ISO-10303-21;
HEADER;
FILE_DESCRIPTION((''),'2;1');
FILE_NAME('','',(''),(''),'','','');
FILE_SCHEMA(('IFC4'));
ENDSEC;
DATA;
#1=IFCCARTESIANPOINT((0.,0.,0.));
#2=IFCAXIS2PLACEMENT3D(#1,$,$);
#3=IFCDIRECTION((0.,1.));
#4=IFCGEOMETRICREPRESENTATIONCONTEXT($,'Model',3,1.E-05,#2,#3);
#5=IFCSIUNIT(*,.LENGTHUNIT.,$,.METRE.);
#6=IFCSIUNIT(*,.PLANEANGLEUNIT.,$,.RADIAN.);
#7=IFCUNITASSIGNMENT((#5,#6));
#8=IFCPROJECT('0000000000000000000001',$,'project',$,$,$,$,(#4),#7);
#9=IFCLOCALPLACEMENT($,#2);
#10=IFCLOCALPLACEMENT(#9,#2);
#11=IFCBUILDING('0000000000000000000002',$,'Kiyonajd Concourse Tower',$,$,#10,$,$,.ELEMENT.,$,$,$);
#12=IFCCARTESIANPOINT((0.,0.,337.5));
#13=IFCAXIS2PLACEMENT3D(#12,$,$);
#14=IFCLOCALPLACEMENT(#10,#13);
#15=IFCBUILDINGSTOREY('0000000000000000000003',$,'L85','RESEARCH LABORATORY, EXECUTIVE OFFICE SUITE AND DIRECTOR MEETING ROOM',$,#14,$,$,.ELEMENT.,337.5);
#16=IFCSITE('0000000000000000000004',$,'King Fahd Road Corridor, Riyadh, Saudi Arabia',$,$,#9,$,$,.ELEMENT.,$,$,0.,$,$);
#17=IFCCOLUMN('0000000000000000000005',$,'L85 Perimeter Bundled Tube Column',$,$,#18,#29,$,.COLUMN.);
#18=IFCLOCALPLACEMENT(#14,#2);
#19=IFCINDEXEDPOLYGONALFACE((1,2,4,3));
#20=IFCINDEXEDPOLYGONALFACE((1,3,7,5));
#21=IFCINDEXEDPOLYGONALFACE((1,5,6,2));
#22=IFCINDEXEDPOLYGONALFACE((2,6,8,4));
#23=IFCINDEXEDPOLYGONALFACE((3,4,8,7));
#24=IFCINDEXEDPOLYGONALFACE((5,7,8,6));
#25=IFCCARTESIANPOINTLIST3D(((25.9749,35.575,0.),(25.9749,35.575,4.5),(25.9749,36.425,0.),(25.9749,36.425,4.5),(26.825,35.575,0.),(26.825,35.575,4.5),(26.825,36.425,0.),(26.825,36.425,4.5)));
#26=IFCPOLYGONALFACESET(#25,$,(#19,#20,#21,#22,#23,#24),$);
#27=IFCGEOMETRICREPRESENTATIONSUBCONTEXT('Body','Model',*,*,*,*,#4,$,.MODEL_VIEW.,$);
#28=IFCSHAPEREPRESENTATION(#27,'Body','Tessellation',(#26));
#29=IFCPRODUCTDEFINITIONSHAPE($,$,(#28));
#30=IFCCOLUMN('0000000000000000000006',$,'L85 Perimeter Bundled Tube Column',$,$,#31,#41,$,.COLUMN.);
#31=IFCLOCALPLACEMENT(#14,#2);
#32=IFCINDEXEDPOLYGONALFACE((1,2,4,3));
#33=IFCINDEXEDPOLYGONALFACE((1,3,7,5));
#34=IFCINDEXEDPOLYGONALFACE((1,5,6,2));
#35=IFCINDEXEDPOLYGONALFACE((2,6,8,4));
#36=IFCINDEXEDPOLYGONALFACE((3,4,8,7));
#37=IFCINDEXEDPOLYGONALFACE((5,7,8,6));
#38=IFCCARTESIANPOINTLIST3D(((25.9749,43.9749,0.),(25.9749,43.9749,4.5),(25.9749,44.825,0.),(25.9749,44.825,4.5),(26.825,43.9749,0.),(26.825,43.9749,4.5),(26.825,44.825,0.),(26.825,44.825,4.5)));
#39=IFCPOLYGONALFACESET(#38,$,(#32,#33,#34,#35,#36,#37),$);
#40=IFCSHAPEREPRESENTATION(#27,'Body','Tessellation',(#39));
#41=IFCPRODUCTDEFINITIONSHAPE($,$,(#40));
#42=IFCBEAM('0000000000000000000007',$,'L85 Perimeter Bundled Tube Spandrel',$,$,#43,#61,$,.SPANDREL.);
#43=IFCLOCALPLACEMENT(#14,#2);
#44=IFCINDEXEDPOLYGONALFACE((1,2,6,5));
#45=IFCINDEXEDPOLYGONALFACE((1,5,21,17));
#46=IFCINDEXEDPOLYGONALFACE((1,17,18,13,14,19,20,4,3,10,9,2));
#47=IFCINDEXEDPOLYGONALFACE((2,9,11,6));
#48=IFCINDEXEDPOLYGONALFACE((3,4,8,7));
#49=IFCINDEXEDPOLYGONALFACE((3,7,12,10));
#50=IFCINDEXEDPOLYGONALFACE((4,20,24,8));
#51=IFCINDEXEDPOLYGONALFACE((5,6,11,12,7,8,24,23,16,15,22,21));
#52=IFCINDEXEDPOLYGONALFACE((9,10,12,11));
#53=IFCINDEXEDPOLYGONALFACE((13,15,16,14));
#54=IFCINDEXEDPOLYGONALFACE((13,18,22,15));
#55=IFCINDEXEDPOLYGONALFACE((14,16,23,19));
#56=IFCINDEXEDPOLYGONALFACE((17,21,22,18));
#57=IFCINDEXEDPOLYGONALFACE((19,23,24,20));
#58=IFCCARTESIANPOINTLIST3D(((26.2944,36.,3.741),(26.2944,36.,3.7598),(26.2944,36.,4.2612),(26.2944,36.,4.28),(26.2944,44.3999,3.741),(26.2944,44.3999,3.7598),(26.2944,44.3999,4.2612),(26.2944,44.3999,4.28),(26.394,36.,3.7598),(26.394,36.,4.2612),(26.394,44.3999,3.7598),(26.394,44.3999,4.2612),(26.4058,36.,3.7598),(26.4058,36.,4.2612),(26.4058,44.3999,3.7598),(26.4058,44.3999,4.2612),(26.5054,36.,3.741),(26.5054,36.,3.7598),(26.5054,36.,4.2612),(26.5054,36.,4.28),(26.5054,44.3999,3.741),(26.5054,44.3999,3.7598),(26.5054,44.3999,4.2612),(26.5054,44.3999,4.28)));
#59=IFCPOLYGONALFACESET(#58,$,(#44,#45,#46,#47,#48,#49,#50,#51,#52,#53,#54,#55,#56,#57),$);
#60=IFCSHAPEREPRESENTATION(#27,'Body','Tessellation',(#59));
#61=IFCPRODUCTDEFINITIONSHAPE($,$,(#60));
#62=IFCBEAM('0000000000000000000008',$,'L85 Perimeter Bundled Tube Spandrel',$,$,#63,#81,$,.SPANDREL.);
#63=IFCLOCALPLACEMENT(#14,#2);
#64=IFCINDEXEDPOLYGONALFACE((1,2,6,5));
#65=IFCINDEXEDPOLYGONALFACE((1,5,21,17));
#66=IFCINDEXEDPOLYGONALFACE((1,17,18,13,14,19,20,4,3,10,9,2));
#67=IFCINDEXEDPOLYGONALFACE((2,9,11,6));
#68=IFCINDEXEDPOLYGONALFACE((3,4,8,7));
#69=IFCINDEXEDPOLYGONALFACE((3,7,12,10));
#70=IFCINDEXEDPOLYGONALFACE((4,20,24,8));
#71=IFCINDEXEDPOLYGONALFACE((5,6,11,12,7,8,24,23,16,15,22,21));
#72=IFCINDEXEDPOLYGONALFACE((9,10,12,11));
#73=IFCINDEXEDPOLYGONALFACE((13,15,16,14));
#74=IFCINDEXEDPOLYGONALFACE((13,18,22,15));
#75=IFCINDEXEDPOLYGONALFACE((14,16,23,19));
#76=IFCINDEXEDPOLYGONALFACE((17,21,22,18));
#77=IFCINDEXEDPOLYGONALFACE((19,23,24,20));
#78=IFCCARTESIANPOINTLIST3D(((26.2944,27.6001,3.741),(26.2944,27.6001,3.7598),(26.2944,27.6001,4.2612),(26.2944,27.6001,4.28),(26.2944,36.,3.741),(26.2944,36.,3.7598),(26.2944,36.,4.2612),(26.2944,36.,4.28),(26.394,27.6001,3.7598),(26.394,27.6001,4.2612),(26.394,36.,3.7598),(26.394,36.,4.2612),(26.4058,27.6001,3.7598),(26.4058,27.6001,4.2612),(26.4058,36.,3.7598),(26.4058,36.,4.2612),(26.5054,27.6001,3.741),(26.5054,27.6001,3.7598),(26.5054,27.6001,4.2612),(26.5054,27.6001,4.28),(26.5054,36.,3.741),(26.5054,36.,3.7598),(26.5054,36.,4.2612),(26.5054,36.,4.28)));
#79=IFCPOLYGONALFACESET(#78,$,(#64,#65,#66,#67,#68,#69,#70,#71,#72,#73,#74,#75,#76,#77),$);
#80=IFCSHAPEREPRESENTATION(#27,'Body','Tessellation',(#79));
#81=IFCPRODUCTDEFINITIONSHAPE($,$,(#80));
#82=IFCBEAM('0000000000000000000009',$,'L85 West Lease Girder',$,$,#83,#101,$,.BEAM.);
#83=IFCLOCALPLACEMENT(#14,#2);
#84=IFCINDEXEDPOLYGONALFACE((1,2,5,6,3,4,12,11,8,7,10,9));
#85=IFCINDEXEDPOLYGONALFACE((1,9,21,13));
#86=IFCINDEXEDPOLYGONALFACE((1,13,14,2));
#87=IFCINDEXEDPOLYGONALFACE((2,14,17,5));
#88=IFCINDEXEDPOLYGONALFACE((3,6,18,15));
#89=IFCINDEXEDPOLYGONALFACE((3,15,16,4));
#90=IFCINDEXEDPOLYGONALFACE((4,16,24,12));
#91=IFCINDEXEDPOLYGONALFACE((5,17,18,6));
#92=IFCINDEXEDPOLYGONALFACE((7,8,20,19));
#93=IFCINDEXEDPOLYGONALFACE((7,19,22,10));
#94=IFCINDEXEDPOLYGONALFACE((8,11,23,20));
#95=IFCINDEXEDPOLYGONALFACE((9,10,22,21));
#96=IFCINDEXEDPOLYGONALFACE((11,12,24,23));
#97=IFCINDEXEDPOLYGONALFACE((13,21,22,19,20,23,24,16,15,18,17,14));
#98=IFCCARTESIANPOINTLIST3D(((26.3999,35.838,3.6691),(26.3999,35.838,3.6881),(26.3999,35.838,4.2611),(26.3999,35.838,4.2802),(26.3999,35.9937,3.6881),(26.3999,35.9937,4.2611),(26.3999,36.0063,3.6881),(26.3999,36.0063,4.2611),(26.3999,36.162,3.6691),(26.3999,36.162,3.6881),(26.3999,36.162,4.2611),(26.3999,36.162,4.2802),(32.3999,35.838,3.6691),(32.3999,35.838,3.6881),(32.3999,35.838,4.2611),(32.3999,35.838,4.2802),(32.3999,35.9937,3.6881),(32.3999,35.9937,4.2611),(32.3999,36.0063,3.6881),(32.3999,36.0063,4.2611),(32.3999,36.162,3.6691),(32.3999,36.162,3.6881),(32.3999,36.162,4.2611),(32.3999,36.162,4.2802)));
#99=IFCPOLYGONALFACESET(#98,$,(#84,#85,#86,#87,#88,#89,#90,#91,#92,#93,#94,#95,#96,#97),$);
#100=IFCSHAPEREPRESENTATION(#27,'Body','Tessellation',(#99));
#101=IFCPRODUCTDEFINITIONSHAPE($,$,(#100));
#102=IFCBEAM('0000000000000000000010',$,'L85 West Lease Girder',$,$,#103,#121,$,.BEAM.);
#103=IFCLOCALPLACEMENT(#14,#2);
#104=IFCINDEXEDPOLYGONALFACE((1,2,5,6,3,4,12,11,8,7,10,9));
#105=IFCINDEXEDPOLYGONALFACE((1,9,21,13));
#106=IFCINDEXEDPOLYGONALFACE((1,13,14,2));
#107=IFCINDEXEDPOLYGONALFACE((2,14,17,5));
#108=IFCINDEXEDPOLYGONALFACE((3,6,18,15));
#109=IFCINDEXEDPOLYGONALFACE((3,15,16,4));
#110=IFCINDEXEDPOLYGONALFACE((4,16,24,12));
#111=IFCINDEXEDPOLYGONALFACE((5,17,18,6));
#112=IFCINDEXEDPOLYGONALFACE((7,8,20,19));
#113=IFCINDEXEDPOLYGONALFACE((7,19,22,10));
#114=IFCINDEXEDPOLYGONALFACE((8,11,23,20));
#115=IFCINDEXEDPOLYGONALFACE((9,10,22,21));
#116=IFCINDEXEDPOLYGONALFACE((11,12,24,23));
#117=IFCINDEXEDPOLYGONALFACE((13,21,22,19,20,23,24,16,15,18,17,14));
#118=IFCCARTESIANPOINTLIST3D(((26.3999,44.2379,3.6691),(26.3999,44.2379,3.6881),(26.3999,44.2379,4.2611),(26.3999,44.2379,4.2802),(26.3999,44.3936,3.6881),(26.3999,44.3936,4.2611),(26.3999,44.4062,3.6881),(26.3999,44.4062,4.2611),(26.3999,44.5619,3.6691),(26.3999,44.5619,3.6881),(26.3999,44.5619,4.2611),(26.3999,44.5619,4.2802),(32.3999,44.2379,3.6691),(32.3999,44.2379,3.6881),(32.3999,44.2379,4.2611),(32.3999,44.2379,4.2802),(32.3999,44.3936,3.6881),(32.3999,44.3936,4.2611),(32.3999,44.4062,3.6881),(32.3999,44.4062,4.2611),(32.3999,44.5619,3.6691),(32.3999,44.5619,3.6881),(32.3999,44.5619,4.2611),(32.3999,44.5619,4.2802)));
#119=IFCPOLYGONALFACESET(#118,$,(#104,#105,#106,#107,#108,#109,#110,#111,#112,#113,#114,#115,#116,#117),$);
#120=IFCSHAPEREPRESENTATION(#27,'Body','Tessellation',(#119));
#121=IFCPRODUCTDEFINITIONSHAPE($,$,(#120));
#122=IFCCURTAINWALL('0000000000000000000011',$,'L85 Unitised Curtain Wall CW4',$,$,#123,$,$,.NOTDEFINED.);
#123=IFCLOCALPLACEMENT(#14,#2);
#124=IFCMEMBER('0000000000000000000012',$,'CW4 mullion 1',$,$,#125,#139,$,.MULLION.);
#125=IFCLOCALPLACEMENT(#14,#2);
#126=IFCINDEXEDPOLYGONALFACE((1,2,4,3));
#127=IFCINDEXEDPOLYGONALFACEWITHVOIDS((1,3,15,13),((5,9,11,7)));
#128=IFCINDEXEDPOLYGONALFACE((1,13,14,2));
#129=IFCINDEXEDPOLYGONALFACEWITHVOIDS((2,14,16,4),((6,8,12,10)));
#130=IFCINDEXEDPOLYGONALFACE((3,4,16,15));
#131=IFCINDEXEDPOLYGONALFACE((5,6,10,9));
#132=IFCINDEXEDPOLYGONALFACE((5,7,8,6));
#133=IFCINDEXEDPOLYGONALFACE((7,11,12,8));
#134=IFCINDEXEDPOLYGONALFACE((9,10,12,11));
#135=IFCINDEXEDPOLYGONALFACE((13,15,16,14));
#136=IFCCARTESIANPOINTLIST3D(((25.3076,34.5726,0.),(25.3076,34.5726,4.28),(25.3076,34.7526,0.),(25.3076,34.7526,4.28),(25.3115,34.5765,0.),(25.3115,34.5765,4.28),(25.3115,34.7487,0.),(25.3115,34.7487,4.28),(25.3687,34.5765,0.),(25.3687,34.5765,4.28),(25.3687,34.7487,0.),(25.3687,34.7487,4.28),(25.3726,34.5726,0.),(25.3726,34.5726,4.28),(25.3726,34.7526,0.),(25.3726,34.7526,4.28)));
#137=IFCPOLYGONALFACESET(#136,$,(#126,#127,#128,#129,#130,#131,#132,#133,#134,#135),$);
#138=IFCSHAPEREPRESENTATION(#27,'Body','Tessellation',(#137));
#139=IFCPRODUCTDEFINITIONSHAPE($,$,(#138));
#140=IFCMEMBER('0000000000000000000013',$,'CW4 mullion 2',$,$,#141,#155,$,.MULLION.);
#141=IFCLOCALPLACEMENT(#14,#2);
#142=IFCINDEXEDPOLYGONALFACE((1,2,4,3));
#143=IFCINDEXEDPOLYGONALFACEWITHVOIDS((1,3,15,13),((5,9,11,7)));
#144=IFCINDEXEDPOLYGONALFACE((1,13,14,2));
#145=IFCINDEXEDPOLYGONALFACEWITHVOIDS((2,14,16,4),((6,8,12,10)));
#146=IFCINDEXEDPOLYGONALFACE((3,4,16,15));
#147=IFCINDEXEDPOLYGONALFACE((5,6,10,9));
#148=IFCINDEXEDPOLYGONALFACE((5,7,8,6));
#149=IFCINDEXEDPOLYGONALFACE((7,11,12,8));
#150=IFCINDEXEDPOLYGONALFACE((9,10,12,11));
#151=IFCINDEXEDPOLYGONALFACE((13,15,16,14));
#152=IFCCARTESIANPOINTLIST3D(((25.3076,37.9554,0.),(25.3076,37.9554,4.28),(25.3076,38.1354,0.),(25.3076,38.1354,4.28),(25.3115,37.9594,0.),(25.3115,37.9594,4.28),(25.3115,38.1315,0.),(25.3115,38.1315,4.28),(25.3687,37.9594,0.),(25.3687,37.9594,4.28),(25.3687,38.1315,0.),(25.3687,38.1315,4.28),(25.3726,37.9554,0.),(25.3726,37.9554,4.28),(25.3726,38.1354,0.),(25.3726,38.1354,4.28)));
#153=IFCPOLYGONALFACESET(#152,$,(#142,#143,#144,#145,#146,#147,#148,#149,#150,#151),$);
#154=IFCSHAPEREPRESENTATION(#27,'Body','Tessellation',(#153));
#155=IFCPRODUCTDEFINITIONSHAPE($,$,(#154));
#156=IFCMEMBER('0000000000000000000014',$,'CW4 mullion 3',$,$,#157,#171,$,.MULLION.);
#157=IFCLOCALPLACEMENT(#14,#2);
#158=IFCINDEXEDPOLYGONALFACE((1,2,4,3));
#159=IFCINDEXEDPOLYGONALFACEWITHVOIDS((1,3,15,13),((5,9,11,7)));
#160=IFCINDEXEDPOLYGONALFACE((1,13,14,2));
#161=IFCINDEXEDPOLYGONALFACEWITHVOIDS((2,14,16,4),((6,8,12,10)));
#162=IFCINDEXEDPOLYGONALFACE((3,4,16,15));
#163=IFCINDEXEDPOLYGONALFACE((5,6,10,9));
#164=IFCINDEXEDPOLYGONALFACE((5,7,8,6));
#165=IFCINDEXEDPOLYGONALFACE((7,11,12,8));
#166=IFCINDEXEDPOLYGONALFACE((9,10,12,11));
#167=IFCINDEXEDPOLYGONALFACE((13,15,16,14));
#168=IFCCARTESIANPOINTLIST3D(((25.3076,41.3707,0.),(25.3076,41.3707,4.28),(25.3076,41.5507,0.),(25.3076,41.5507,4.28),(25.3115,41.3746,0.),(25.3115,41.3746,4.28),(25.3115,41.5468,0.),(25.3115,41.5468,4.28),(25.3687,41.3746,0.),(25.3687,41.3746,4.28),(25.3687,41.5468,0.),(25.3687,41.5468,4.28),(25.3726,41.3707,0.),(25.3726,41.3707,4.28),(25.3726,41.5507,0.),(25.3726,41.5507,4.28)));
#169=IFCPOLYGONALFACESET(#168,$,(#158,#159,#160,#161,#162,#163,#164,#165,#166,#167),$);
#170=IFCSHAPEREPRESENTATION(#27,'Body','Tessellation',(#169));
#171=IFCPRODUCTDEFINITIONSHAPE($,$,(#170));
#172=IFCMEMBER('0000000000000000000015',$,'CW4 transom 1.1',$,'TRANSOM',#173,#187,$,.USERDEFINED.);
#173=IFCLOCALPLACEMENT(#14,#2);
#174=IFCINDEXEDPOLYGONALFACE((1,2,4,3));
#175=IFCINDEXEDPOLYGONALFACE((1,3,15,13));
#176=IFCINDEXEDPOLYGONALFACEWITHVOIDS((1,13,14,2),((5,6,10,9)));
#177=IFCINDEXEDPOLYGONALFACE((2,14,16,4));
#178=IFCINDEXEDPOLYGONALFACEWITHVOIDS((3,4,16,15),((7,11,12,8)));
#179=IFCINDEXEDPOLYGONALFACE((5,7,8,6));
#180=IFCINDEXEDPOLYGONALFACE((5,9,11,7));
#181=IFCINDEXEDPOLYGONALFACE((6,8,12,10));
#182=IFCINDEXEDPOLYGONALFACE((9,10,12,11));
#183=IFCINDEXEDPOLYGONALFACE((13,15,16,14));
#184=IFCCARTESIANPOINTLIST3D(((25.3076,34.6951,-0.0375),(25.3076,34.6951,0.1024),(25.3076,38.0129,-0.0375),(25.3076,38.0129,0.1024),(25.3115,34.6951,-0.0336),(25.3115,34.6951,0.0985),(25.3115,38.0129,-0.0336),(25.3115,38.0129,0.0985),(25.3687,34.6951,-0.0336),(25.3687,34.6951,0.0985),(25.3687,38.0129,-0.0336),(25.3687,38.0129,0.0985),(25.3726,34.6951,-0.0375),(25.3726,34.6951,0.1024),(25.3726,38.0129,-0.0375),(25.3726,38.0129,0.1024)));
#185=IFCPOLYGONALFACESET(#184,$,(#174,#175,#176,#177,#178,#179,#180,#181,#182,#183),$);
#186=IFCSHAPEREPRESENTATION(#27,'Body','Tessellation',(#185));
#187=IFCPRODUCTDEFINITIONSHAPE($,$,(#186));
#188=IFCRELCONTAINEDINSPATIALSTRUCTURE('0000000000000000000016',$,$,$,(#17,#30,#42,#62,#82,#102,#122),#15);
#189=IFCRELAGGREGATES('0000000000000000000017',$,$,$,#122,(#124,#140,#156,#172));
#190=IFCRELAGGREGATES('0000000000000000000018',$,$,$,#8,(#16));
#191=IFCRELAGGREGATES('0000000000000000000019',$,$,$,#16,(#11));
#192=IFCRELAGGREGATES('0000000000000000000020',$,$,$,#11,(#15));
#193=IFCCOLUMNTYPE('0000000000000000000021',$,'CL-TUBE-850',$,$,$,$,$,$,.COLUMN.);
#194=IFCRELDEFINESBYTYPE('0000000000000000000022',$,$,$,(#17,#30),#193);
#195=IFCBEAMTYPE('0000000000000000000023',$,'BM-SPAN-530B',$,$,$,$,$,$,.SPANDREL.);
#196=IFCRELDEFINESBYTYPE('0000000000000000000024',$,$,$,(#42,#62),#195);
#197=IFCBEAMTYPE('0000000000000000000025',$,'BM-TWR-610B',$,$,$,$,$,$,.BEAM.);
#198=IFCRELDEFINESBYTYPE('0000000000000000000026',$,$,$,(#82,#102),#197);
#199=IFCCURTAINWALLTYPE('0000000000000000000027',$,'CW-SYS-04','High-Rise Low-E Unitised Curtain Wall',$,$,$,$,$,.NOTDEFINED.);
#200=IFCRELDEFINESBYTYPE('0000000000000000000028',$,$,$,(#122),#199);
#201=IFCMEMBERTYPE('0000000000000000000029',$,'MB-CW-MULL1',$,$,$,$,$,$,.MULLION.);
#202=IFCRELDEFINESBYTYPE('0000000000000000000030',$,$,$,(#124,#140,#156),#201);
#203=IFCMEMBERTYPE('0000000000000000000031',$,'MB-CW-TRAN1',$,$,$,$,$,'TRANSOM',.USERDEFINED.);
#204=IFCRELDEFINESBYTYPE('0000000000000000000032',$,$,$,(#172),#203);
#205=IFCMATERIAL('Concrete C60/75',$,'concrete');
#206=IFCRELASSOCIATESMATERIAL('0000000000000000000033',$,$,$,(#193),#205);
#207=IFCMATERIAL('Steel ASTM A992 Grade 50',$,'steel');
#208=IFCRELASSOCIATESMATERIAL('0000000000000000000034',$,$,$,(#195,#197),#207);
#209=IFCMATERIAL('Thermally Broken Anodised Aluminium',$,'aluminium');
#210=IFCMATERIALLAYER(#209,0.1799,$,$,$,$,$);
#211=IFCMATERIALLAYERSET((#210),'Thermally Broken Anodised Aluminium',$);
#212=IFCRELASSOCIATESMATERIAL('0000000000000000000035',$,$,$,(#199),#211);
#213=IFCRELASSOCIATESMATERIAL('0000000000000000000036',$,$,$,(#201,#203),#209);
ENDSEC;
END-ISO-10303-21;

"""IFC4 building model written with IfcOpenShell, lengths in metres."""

from ifc_helpers import new_model, si_unit, direction, frame, origin, origin_2d, place, context, subcontext, project, spatial, rectangle, hollow_rectangle, i_section, extrude, material, layer, layer_set, material_profile, profile_set, type_object, element, aggregate, save


model = new_model("IFC4")

# Units and contexts
model_context = context("Model", 3, precision=1e-05, world=origin(), true_north=direction((0.0, 1.0)))
body_context = subcontext(model_context, "Body", "Model", "MODEL_VIEW")
ifc_project = project(units=[si_unit("LENGTHUNIT", "METRE"), si_unit("PLANEANGLEUNIT", "RADIAN")], contexts=[model_context])

# Site, building, storey
site_placement = place(None, origin())
site = spatial("IfcSite", under=ifc_project, at=site_placement, Name="King Fahd Road Corridor, Riyadh, Saudi Arabia", CompositionType="ELEMENT", RefElevation=0.0)
building_placement = place(site_placement, origin())
building = spatial("IfcBuilding", under=site, at=building_placement, Name="Kiyonajd Concourse Tower", CompositionType="ELEMENT")
storey_placement = place(building_placement, frame((0.0, 0.0, 337.5)))
storey = spatial("IfcBuildingStorey", under=building, at=storey_placement, Name="L85", Description="RESEARCH LABORATORY, EXECUTIVE OFFICE SUITE AND DIRECTOR MEETING ROOM", CompositionType="ELEMENT", Elevation=337.5)

# Columns
ifc_material_1 = material(Name="Concrete C60/75", Category="concrete")
ifc_material_profile_1 = material_profile(ifc_material_1, rectangle(XDim=0.8501, YDim=0.8501, at=origin_2d()), Name="RC-850x850")
ifc_profile_set_1 = profile_set([ifc_material_profile_1], Name="Concrete C60/75")
column_type = type_object("IfcColumnType", Name="CL-TUBE-850", PredefinedType="COLUMN", material=ifc_profile_set_1)
for number, where, z_axis, x_axis, name in (
    (1, (26.3999, 36.0, 0.0), (0.0, 0.0, 1.0), (1.0, 0.0, 0.0), "L85 Perimeter Bundled Tube Column"),
    (2, (26.3999, 44.3999, 0.0), (0.0, 0.0, 1.0), (1.0, 0.0, 0.0), "L85 Perimeter Bundled Tube Column"),
):
    element("IfcColumn", number, at=place(storey_placement, frame(where, z_axis=z_axis, x_axis=x_axis)), inside=storey, type_object=column_type, Name=name, PredefinedType="COLUMN", context=body_context, shape_type="SweptSolid", body=[
        extrude(rectangle(XDim=0.8501, YDim=0.8501, at=origin_2d()), origin(), (0.0, 0.0, 1.0), 4.5),
    ])

# Beams
ifc_material_2 = material(Name="Steel ASTM A992 Grade 50", Category="steel")
ifc_material_profile_2 = material_profile(ifc_material_2, i_section(OverallWidth=0.2109, OverallDepth=0.5391, WebThickness=0.0117, FlangeThickness=0.0188, at=origin_2d()), Name="W530X109")
ifc_profile_set_2 = profile_set([ifc_material_profile_2], Name="Steel ASTM A992 Grade 50")
beam_type_1 = type_object("IfcBeamType", Name="BM-SPAN-530B", PredefinedType="SPANDREL", material=ifc_profile_set_2)
for number, where, z_axis, x_axis, name in (
    (3, (26.3999, 44.3999, 4.0105), (0.0, -1.0, 0.0), (1.0, 0.0, 0.0), "L85 Perimeter Bundled Tube Spandrel"),
    (4, (26.3999, 36.0, 4.0105), (0.0, -1.0, 0.0), (1.0, 0.0, 0.0), "L85 Perimeter Bundled Tube Spandrel"),
):
    element("IfcBeam", number, at=place(storey_placement, frame(where, z_axis=z_axis, x_axis=x_axis)), inside=storey, type_object=beam_type_1, Name=name, PredefinedType="SPANDREL", context=body_context, shape_type="SweptSolid", body=[
        extrude(i_section(OverallWidth=0.2109, OverallDepth=0.5391, WebThickness=0.0117, FlangeThickness=0.0188, at=origin_2d()), origin(), (0.0, 0.0, 1.0), 8.3999),
    ])
ifc_material_profile_3 = material_profile(ifc_material_2, i_section(OverallWidth=0.324, OverallDepth=0.6111, WebThickness=0.0127, FlangeThickness=0.019, at=origin_2d()), Name="W610X155")
ifc_profile_set_3 = profile_set([ifc_material_profile_3], Name="Steel ASTM A992 Grade 50")
beam_type_2 = type_object("IfcBeamType", Name="BM-TWR-610B", PredefinedType="BEAM", material=ifc_profile_set_3)
for number, where, z_axis, x_axis, name in (
    (5, (26.3999, 36.0, 3.9746), (1.0, 0.0, 0.0), (0.0, 1.0, 0.0), "L85 West Lease Girder"),
    (6, (26.3999, 44.3999, 3.9746), (1.0, 0.0, 0.0), (0.0, 1.0, 0.0), "L85 West Lease Girder"),
):
    element("IfcBeam", number, at=place(storey_placement, frame(where, z_axis=z_axis, x_axis=x_axis)), inside=storey, type_object=beam_type_2, Name=name, PredefinedType="BEAM", context=body_context, shape_type="SweptSolid", body=[
        extrude(i_section(OverallWidth=0.324, OverallDepth=0.6111, WebThickness=0.0127, FlangeThickness=0.019, at=origin_2d()), origin(), (0.0, 0.0, 1.0), 6.0),
    ])

# Curtain wall, members
ifc_material_3 = material(Name="Thermally Broken Anodised Aluminium", Category="aluminium")
ifc_layer_1 = layer(ifc_material_3, 0.1799)
ifc_layer_set_1 = layer_set([ifc_layer_1], Name="Thermally Broken Anodised Aluminium")
curtain_wall_type = type_object("IfcCurtainWallType", Name="CW-SYS-04", Description="High-Rise Low-E Unitised Curtain Wall", PredefinedType="NOTDEFINED", material=ifc_layer_set_1)
curtain_wall_placement = place(storey_placement, origin())
curtain_wall = element("IfcCurtainWall", 7, at=curtain_wall_placement, inside=storey, type_object=curtain_wall_type, Name="L85 Unitised Curtain Wall CW4", PredefinedType="NOTDEFINED")
ifc_material_profile_4 = material_profile(ifc_material_3, hollow_rectangle(XDim=0.0649, YDim=0.1799, WallThickness=0.0039, at=origin_2d()), Name="MULL-65x180")
ifc_profile_set_4 = profile_set([ifc_material_profile_4], Name="Thermally Broken Anodised Aluminium")
member_type_1 = type_object("IfcMemberType", Name="MB-CW-MULL1", PredefinedType="MULLION", material=ifc_profile_set_4)
member_1_placement = place(storey_placement, frame((25.3401, 34.6626, 0.0), z_axis=(0.0, 0.0, 1.0), x_axis=(-1.0, 0.0, 0.0)))
member_1 = element("IfcMember", 8, at=member_1_placement, type_object=member_type_1, Name="CW4 mullion 1", PredefinedType="MULLION", context=body_context, shape_type="SweptSolid", body=[
    extrude(hollow_rectangle(XDim=0.0649, YDim=0.1799, WallThickness=0.0039, at=origin_2d()), origin(), (0.0, 0.0, 1.0), 4.28),
])
member_2_placement = place(storey_placement, frame((25.3401, 38.0454, 0.0), z_axis=(0.0, 0.0, 1.0), x_axis=(-1.0, 0.0, 0.0)))
member_2 = element("IfcMember", 9, at=member_2_placement, type_object=member_type_1, Name="CW4 mullion 2", PredefinedType="MULLION", context=body_context, shape_type="SweptSolid", body=[
    extrude(hollow_rectangle(XDim=0.0649, YDim=0.1799, WallThickness=0.0039, at=origin_2d()), origin(), (0.0, 0.0, 1.0), 4.28),
])
member_3_placement = place(storey_placement, frame((25.3401, 41.4607, 0.0), z_axis=(0.0, 0.0, 1.0), x_axis=(-1.0, 0.0, 0.0)))
member_3 = element("IfcMember", 10, at=member_3_placement, type_object=member_type_1, Name="CW4 mullion 3", PredefinedType="MULLION", context=body_context, shape_type="SweptSolid", body=[
    extrude(hollow_rectangle(XDim=0.0649, YDim=0.1799, WallThickness=0.0039, at=origin_2d()), origin(), (0.0, 0.0, 1.0), 4.28),
])
ifc_material_profile_5 = material_profile(ifc_material_3, hollow_rectangle(XDim=0.0649, YDim=0.1399, WallThickness=0.0039, at=origin_2d()), Name="TRAN-65x140")
ifc_profile_set_5 = profile_set([ifc_material_profile_5], Name="Thermally Broken Anodised Aluminium")
member_type_2 = type_object("IfcMemberType", Name="MB-CW-TRAN1", ElementType="TRANSOM", PredefinedType="USERDEFINED", material=ifc_profile_set_5)
member_4_placement = place(storey_placement, frame((25.3401, 34.6951, 0.0325), z_axis=(0.0, 1.0, 0.0), x_axis=(-1.0, 0.0, 0.0)))
member_4 = element("IfcMember", 11, at=member_4_placement, type_object=member_type_2, Name="CW4 transom 1.1", ObjectType="TRANSOM", PredefinedType="USERDEFINED", context=body_context, shape_type="SweptSolid", body=[
    extrude(hollow_rectangle(XDim=0.0649, YDim=0.1399, WallThickness=0.0039, at=origin_2d()), origin(), (0.0, 0.0, 1.0), 3.3179),
])

aggregate(curtain_wall, [member_1, member_2, member_3, member_4])

save(model, "model.ifc")
